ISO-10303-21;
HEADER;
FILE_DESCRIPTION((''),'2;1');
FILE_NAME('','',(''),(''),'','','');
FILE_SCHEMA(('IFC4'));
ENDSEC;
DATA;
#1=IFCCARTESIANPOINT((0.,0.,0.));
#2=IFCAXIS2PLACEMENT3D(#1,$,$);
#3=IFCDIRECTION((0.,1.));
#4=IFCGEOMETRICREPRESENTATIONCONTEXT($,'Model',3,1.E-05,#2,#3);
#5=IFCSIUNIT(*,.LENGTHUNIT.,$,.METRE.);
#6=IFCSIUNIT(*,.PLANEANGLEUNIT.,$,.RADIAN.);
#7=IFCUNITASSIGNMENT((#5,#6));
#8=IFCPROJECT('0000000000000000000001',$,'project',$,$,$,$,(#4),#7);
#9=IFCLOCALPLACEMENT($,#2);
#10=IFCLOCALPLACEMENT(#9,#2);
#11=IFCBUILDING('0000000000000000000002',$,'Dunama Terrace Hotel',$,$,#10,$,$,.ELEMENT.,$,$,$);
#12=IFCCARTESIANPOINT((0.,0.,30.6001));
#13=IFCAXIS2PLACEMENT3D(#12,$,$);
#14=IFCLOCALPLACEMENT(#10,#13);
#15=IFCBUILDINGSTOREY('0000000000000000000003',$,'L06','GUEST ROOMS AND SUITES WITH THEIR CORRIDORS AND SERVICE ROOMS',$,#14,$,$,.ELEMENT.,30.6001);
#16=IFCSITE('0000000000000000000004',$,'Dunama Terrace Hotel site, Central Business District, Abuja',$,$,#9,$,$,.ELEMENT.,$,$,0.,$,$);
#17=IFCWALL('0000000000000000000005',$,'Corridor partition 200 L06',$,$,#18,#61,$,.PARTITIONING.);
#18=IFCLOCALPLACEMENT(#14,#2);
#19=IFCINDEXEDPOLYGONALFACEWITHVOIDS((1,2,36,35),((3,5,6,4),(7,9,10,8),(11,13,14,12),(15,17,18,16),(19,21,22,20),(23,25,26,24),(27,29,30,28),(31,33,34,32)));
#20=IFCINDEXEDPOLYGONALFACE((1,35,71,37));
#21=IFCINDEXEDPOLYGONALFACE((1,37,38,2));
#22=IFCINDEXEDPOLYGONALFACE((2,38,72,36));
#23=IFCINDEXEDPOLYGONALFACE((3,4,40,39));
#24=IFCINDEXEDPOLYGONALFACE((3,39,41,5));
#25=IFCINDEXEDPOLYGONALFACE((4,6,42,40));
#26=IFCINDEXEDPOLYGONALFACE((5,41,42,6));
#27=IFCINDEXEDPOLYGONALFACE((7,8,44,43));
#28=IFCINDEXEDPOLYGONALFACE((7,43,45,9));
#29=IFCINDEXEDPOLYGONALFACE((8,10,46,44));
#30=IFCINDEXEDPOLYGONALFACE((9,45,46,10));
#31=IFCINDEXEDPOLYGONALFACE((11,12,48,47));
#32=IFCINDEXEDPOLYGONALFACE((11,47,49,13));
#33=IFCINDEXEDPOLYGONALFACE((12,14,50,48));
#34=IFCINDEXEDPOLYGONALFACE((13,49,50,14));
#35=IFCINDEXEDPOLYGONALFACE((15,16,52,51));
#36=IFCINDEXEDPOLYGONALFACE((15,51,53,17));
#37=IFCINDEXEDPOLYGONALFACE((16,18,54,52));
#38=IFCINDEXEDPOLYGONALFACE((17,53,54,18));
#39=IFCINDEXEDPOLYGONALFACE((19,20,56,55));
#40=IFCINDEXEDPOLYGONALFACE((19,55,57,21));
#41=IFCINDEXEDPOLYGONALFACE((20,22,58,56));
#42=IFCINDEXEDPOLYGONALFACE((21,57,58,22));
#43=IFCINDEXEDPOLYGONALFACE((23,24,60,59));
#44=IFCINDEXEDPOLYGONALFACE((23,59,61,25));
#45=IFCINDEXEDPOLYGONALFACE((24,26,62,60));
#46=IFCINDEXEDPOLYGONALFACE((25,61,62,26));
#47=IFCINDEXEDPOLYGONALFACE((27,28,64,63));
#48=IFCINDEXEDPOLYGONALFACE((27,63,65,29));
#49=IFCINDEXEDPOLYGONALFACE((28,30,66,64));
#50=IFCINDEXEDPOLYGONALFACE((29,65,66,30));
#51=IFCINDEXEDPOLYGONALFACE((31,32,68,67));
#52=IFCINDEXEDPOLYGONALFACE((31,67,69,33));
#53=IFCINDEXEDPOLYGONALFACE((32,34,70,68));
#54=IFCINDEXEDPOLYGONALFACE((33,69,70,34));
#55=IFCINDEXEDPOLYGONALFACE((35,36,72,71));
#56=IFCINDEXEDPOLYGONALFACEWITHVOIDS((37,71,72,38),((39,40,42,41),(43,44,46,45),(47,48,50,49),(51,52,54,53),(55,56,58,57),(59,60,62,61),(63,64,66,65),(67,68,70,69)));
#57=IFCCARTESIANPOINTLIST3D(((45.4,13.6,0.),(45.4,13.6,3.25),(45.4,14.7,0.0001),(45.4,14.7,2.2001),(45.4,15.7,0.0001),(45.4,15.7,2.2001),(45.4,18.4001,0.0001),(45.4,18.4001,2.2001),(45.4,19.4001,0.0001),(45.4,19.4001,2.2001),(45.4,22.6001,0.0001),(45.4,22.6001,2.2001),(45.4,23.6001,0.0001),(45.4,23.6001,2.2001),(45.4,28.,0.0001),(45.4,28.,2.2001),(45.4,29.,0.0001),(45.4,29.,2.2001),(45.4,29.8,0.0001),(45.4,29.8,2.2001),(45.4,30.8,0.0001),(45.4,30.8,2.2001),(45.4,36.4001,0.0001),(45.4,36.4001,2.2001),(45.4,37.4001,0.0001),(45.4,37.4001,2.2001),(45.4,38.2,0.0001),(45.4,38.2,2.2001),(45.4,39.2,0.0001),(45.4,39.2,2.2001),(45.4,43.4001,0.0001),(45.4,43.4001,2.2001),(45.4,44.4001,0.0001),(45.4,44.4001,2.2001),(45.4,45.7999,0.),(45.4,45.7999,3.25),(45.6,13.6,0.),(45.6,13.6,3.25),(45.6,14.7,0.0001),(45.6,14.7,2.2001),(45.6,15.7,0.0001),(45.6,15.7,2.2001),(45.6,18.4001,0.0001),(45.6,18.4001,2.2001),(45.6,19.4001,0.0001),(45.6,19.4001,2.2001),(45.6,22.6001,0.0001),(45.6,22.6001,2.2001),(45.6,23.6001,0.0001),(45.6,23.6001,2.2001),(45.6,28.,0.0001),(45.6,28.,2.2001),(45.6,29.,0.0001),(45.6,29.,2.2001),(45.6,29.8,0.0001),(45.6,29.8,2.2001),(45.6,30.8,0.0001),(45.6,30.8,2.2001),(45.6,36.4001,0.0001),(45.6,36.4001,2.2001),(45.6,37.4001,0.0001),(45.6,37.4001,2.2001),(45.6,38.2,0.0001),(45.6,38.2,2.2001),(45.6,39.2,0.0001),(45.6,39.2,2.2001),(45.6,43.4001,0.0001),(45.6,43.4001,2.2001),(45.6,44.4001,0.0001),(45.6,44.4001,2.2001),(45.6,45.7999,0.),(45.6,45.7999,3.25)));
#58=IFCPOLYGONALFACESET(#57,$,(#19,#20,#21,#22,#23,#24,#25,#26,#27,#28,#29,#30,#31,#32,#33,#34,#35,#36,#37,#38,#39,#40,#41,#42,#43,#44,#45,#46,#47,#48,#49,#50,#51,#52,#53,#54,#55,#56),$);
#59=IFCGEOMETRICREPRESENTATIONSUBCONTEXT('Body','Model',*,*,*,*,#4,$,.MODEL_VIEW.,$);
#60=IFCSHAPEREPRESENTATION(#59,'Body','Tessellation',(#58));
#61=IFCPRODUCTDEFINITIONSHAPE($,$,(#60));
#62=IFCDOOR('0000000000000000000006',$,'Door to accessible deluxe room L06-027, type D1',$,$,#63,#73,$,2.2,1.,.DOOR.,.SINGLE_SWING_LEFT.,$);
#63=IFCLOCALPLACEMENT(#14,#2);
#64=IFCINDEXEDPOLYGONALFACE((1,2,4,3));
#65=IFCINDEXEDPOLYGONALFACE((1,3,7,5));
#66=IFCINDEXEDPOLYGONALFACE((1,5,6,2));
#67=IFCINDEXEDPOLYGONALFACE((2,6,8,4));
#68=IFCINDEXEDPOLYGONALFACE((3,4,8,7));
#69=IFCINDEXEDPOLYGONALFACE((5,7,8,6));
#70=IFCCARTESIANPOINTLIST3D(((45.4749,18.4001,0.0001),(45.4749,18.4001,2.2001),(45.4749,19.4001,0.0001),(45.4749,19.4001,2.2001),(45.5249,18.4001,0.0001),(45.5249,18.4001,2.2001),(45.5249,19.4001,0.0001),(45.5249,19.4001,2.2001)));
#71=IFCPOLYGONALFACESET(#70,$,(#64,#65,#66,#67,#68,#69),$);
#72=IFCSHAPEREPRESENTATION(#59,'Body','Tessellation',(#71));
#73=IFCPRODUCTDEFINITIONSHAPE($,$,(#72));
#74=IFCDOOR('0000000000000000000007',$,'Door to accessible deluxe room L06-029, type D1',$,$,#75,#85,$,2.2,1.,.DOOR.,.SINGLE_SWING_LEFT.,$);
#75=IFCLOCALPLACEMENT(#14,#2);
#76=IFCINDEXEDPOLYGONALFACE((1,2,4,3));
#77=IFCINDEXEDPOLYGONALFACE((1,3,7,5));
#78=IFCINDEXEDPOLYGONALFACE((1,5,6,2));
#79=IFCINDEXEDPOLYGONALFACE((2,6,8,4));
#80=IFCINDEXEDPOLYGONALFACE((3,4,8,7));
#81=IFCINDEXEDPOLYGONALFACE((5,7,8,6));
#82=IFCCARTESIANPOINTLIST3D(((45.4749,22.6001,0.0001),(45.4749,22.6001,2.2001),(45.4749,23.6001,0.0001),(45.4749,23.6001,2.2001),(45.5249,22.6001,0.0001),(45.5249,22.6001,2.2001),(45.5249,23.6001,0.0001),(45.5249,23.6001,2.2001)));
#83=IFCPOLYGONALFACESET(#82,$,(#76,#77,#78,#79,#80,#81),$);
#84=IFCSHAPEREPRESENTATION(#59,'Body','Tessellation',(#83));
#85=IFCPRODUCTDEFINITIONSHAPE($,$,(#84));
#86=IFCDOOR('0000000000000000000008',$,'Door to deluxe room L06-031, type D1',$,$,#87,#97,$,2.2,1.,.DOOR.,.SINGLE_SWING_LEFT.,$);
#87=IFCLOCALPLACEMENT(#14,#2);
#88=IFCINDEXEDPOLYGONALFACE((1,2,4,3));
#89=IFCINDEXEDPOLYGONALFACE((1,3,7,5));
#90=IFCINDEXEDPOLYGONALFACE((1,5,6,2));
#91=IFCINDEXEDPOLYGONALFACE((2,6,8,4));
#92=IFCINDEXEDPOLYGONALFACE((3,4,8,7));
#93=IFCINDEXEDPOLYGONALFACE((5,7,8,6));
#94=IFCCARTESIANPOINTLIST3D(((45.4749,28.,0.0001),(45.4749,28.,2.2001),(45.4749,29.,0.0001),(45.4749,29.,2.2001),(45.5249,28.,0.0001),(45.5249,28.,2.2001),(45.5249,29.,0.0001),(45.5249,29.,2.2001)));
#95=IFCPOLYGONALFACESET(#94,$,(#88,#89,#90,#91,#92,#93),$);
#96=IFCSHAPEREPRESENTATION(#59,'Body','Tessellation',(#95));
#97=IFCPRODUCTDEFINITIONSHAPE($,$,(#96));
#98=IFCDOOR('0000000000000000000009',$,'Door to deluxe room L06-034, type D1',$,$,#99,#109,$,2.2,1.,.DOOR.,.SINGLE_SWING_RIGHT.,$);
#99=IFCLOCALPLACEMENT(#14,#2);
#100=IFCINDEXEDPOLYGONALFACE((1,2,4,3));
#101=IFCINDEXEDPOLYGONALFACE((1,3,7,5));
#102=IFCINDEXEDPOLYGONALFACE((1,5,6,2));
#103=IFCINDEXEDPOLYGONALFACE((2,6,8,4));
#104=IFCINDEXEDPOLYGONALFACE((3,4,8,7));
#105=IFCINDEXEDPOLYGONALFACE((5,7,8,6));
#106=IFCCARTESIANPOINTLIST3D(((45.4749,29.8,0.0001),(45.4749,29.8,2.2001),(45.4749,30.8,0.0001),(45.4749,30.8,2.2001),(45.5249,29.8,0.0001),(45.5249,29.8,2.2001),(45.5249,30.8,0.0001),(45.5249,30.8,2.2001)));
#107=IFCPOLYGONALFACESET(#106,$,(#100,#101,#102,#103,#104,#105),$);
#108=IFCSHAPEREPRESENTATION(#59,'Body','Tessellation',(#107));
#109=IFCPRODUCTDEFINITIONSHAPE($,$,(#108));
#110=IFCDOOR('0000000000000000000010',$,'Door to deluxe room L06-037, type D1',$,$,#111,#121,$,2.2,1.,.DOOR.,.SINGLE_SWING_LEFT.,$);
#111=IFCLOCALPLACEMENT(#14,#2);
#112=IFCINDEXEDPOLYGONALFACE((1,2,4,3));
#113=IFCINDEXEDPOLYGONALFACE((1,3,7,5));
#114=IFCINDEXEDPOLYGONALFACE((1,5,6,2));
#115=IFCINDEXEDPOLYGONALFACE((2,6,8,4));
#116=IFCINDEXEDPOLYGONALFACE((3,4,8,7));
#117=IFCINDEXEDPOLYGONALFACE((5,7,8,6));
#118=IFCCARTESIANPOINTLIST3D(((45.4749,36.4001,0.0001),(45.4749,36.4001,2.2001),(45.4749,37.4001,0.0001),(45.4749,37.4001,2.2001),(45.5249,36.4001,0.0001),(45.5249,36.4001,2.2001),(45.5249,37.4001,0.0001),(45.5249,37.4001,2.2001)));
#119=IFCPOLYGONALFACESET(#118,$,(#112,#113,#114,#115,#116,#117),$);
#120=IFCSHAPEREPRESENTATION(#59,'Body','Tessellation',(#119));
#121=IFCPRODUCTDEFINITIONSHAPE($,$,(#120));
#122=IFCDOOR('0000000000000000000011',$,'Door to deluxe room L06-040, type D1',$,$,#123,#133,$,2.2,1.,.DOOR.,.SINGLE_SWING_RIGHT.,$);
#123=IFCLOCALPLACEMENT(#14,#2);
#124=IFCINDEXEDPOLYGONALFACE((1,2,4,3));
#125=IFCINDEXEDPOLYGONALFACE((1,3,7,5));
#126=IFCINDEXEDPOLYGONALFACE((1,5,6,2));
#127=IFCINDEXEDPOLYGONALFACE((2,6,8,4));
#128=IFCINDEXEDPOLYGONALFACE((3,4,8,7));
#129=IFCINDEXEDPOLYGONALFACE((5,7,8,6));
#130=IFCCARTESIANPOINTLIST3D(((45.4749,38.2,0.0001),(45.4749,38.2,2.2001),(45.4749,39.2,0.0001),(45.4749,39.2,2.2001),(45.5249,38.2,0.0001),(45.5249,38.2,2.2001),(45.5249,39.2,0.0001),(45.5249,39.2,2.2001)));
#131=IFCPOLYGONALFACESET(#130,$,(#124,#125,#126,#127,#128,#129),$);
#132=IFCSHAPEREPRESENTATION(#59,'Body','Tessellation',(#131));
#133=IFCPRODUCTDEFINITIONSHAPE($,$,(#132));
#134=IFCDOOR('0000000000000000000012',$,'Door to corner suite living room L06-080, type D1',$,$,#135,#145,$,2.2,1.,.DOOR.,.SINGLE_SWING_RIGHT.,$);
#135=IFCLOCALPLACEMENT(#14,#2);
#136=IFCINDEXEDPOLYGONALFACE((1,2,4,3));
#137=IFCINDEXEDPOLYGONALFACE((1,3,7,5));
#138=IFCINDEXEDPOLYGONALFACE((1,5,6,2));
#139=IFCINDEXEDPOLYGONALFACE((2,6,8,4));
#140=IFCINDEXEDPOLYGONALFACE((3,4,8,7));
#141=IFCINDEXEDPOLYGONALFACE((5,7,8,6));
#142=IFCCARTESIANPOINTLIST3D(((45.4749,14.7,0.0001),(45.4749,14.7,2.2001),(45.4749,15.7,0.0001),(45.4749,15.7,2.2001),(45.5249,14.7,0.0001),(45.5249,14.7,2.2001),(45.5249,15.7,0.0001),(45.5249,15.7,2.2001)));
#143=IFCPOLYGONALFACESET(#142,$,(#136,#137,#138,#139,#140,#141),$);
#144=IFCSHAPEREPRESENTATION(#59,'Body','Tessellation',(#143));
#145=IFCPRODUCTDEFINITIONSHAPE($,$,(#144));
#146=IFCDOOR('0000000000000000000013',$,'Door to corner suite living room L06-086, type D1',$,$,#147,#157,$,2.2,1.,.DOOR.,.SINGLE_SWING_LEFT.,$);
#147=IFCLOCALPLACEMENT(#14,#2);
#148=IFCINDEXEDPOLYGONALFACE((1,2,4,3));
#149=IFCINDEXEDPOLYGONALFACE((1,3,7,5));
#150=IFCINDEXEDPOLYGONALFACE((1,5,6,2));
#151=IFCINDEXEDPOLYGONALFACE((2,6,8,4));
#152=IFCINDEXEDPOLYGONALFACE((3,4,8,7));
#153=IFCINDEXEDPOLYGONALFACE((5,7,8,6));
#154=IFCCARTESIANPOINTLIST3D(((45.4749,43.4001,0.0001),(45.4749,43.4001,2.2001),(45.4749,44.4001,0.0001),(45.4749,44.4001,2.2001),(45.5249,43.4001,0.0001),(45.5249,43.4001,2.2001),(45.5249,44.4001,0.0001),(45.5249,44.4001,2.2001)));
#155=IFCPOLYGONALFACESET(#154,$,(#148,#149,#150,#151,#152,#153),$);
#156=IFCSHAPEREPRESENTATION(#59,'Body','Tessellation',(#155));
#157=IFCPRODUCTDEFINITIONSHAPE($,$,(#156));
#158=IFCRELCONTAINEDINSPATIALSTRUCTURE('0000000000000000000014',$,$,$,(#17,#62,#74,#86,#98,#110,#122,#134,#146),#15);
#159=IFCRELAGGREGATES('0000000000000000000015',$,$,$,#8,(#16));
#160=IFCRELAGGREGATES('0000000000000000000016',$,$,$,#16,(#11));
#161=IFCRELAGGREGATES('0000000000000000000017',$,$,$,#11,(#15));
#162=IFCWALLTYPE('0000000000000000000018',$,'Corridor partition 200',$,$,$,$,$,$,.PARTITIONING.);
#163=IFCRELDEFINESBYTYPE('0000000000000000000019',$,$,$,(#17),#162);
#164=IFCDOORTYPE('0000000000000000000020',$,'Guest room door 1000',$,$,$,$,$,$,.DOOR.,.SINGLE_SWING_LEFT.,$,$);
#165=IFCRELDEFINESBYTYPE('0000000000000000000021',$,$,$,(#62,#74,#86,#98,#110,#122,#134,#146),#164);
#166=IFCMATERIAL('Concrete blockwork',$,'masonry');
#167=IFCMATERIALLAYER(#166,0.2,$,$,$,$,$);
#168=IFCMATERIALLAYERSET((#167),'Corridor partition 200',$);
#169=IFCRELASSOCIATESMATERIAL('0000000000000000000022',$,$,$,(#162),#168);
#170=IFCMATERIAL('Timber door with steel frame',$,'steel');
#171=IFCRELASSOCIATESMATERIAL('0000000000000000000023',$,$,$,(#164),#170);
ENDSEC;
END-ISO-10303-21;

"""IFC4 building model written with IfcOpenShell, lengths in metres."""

from ifc_helpers import new_model, si_unit, direction, frame, frame_2d, origin, place, context, subcontext, project, spatial, rectangle, extrude, material, layer, layer_set, type_object, element, fill, save


model = new_model("IFC4")

# Units and contexts
model_context = context("Model", 3, precision=1e-05, world=origin(), true_north=direction((0.0, 1.0)))
body_context = subcontext(model_context, "Body", "Model", "MODEL_VIEW")
ifc_project = project(units=[si_unit("LENGTHUNIT", "METRE"), si_unit("PLANEANGLEUNIT", "RADIAN")], contexts=[model_context])

# Site, building, storey
site_placement = place(None, origin())
site = spatial("IfcSite", under=ifc_project, at=site_placement, Name="Dunama Terrace Hotel site, Central Business District, Abuja", CompositionType="ELEMENT", RefElevation=0.0)
building_placement = place(site_placement, origin())
building = spatial("IfcBuilding", under=site, at=building_placement, Name="Dunama Terrace Hotel", CompositionType="ELEMENT")
storey_placement = place(building_placement, frame((0.0, 0.0, 30.6001)))
storey = spatial("IfcBuildingStorey", under=building, at=storey_placement, Name="L06", Description="GUEST ROOMS AND SUITES WITH THEIR CORRIDORS AND SERVICE ROOMS", CompositionType="ELEMENT", Elevation=30.6001)

# Wall, openings, doors
ifc_material_1 = material(Name="Concrete blockwork", Category="masonry")
ifc_layer_1 = layer(ifc_material_1, 0.2)
ifc_layer_set_1 = layer_set([ifc_layer_1], Name="Corridor partition 200")
wall_type_1 = type_object("IfcWallType", Name="Corridor partition 200", PredefinedType="PARTITIONING", material=ifc_layer_set_1)
wall_1_placement = place(storey_placement, frame((45.5, 45.8, 0.0), z_axis=(0.0, 0.0, 1.0), x_axis=(0.0, -1.0, 0.0)))
wall_1 = element("IfcWall", 1, at=wall_1_placement, inside=storey, type_object=wall_type_1, Name="Corridor partition 200 L06", PredefinedType="PARTITIONING", context=body_context, shape_type="SweptSolid", body=[
    extrude(rectangle(XDim=32.2, YDim=0.2, at=frame_2d((16.1001, 0.0))), origin(), (0.0, 0.0, 1.0), 3.25),
])
opening_1_placement = place(wall_1_placement, frame((26.3999, 0.0, 0.0)))
opening_1 = element("IfcOpeningElement", 2, at=opening_1_placement, cuts=wall_1, PredefinedType="OPENING", context=body_context, shape_type="SweptSolid", body=[
    extrude(rectangle(XDim=1.0, YDim=2.2, at=frame_2d((0.5, 1.1001))), frame((0.0, 0.1099, 0.0), z_axis=(0.0, -1.0, 0.0), x_axis=(1.0, 0.0, 0.0)), (0.0, 0.0, 1.0), 0.22),
])
opening_2_placement = place(wall_1_placement, frame((22.2, 0.0, 0.0)))
opening_2 = element("IfcOpeningElement", 3, at=opening_2_placement, cuts=wall_1, PredefinedType="OPENING", context=body_context, shape_type="SweptSolid", body=[
    extrude(rectangle(XDim=1.0, YDim=2.2, at=frame_2d((0.5, 1.1001))), frame((0.0, 0.1099, 0.0), z_axis=(0.0, -1.0, 0.0), x_axis=(1.0, 0.0, 0.0)), (0.0, 0.0, 1.0), 0.22),
])
opening_3_placement = place(wall_1_placement, frame((16.8, 0.0, 0.0)))
opening_3 = element("IfcOpeningElement", 4, at=opening_3_placement, cuts=wall_1, PredefinedType="OPENING", context=body_context, shape_type="SweptSolid", body=[
    extrude(rectangle(XDim=1.0, YDim=2.2, at=frame_2d((0.5, 1.1001))), frame((0.0, 0.1099, 0.0), z_axis=(0.0, -1.0, 0.0), x_axis=(1.0, 0.0, 0.0)), (0.0, 0.0, 1.0), 0.22),
])
opening_4_placement = place(wall_1_placement, frame((15.0, 0.0, 0.0)))
opening_4 = element("IfcOpeningElement", 5, at=opening_4_placement, cuts=wall_1, PredefinedType="OPENING", context=body_context, shape_type="SweptSolid", body=[
    extrude(rectangle(XDim=1.0, YDim=2.2, at=frame_2d((0.5, 1.1001))), frame((0.0, 0.1099, 0.0), z_axis=(0.0, -1.0, 0.0), x_axis=(1.0, 0.0, 0.0)), (0.0, 0.0, 1.0), 0.22),
])
opening_5_placement = place(wall_1_placement, frame((8.3999, 0.0, 0.0)))
opening_5 = element("IfcOpeningElement", 6, at=opening_5_placement, cuts=wall_1, PredefinedType="OPENING", context=body_context, shape_type="SweptSolid", body=[
    extrude(rectangle(XDim=1.0, YDim=2.2, at=frame_2d((0.5, 1.1001))), frame((0.0, 0.1099, 0.0), z_axis=(0.0, -1.0, 0.0), x_axis=(1.0, 0.0, 0.0)), (0.0, 0.0, 1.0), 0.22),
])
opening_6_placement = place(wall_1_placement, frame((6.6001, 0.0, 0.0)))
opening_6 = element("IfcOpeningElement", 7, at=opening_6_placement, cuts=wall_1, PredefinedType="OPENING", context=body_context, shape_type="SweptSolid", body=[
    extrude(rectangle(XDim=1.0, YDim=2.2, at=frame_2d((0.5, 1.1001))), frame((0.0, 0.1099, 0.0), z_axis=(0.0, -1.0, 0.0), x_axis=(1.0, 0.0, 0.0)), (0.0, 0.0, 1.0), 0.22),
])
opening_7_placement = place(wall_1_placement, frame((30.1001, 0.0, 0.0)))
opening_7 = element("IfcOpeningElement", 8, at=opening_7_placement, cuts=wall_1, PredefinedType="OPENING", context=body_context, shape_type="SweptSolid", body=[
    extrude(rectangle(XDim=1.0, YDim=2.2, at=frame_2d((0.5, 1.1001))), frame((0.0, 0.1099, 0.0), z_axis=(0.0, -1.0, 0.0), x_axis=(1.0, 0.0, 0.0)), (0.0, 0.0, 1.0), 0.22),
])
opening_8_placement = place(wall_1_placement, frame((1.3999, 0.0, 0.0)))
opening_8 = element("IfcOpeningElement", 9, at=opening_8_placement, cuts=wall_1, PredefinedType="OPENING", context=body_context, shape_type="SweptSolid", body=[
    extrude(rectangle(XDim=1.0, YDim=2.2, at=frame_2d((0.5, 1.1001))), frame((0.0, 0.1099, 0.0), z_axis=(0.0, -1.0, 0.0), x_axis=(1.0, 0.0, 0.0)), (0.0, 0.0, 1.0), 0.22),
])
ifc_material_2 = material(Name="Timber door with steel frame", Category="steel")
door_type_1 = type_object("IfcDoorType", Name="Guest room door 1000", OperationType="SINGLE_SWING_LEFT", PredefinedType="DOOR", material=ifc_material_2)
door_1_placement = place(opening_1_placement, origin())
door_1 = element("IfcDoor", 10, at=door_1_placement, inside=storey, type_object=door_type_1, Name="Door to accessible deluxe room L06-027, type D1", OperationType="SINGLE_SWING_LEFT", OverallHeight=2.2, OverallWidth=1.0, PredefinedType="DOOR", context=body_context, shape_type="SweptSolid", body=[
    extrude(rectangle(XDim=1.0, YDim=2.2, at=frame_2d((0.5, 1.1001))), frame((0.0, 0.0249, 0.0), z_axis=(0.0, -1.0, 0.0), x_axis=(1.0, 0.0, 0.0)), (0.0, 0.0, 1.0), 0.05),
])
fill(opening_1, door_1)
door_2_placement = place(opening_2_placement, origin())
door_2 = element("IfcDoor", 11, at=door_2_placement, inside=storey, type_object=door_type_1, Name="Door to accessible deluxe room L06-029, type D1", OperationType="SINGLE_SWING_LEFT", OverallHeight=2.2, OverallWidth=1.0, PredefinedType="DOOR", context=body_context, shape_type="SweptSolid", body=[
    extrude(rectangle(XDim=1.0, YDim=2.2, at=frame_2d((0.5, 1.1001))), frame((0.0, 0.0249, 0.0), z_axis=(0.0, -1.0, 0.0), x_axis=(1.0, 0.0, 0.0)), (0.0, 0.0, 1.0), 0.05),
])
fill(opening_2, door_2)
door_3_placement = place(opening_3_placement, origin())
door_3 = element("IfcDoor", 12, at=door_3_placement, inside=storey, type_object=door_type_1, Name="Door to deluxe room L06-031, type D1", OperationType="SINGLE_SWING_LEFT", OverallHeight=2.2, OverallWidth=1.0, PredefinedType="DOOR", context=body_context, shape_type="SweptSolid", body=[
    extrude(rectangle(XDim=1.0, YDim=2.2, at=frame_2d((0.5, 1.1001))), frame((0.0, 0.0249, 0.0), z_axis=(0.0, -1.0, 0.0), x_axis=(1.0, 0.0, 0.0)), (0.0, 0.0, 1.0), 0.05),
])
fill(opening_3, door_3)
door_4_placement = place(opening_4_placement, origin())
door_4 = element("IfcDoor", 13, at=door_4_placement, inside=storey, type_object=door_type_1, Name="Door to deluxe room L06-034, type D1", OperationType="SINGLE_SWING_RIGHT", OverallHeight=2.2, OverallWidth=1.0, PredefinedType="DOOR", context=body_context, shape_type="SweptSolid", body=[
    extrude(rectangle(XDim=1.0, YDim=2.2, at=frame_2d((0.5, 1.1001))), frame((0.0, 0.0249, 0.0), z_axis=(0.0, -1.0, 0.0), x_axis=(1.0, 0.0, 0.0)), (0.0, 0.0, 1.0), 0.05),
])
fill(opening_4, door_4)
door_5_placement = place(opening_5_placement, origin())
door_5 = element("IfcDoor", 14, at=door_5_placement, inside=storey, type_object=door_type_1, Name="Door to deluxe room L06-037, type D1", OperationType="SINGLE_SWING_LEFT", OverallHeight=2.2, OverallWidth=1.0, PredefinedType="DOOR", context=body_context, shape_type="SweptSolid", body=[
    extrude(rectangle(XDim=1.0, YDim=2.2, at=frame_2d((0.5, 1.1001))), frame((0.0, 0.0249, 0.0), z_axis=(0.0, -1.0, 0.0), x_axis=(1.0, 0.0, 0.0)), (0.0, 0.0, 1.0), 0.05),
])
fill(opening_5, door_5)
door_6_placement = place(opening_6_placement, origin())
door_6 = element("IfcDoor", 15, at=door_6_placement, inside=storey, type_object=door_type_1, Name="Door to deluxe room L06-040, type D1", OperationType="SINGLE_SWING_RIGHT", OverallHeight=2.2, OverallWidth=1.0, PredefinedType="DOOR", context=body_context, shape_type="SweptSolid", body=[
    extrude(rectangle(XDim=1.0, YDim=2.2, at=frame_2d((0.5, 1.1001))), frame((0.0, 0.0249, 0.0), z_axis=(0.0, -1.0, 0.0), x_axis=(1.0, 0.0, 0.0)), (0.0, 0.0, 1.0), 0.05),
])
fill(opening_6, door_6)
door_7_placement = place(opening_7_placement, origin())
door_7 = element("IfcDoor", 16, at=door_7_placement, inside=storey, type_object=door_type_1, Name="Door to corner suite living room L06-080, type D1", OperationType="SINGLE_SWING_RIGHT", OverallHeight=2.2, OverallWidth=1.0, PredefinedType="DOOR", context=body_context, shape_type="SweptSolid", body=[
    extrude(rectangle(XDim=1.0, YDim=2.2, at=frame_2d((0.5, 1.1001))), frame((0.0, 0.0249, 0.0), z_axis=(0.0, -1.0, 0.0), x_axis=(1.0, 0.0, 0.0)), (0.0, 0.0, 1.0), 0.05),
])
fill(opening_7, door_7)
door_8_placement = place(opening_8_placement, origin())
door_8 = element("IfcDoor", 17, at=door_8_placement, inside=storey, type_object=door_type_1, Name="Door to corner suite living room L06-086, type D1", OperationType="SINGLE_SWING_LEFT", OverallHeight=2.2, OverallWidth=1.0, PredefinedType="DOOR", context=body_context, shape_type="SweptSolid", body=[
    extrude(rectangle(XDim=1.0, YDim=2.2, at=frame_2d((0.5, 1.1001))), frame((0.0, 0.0249, 0.0), z_axis=(0.0, -1.0, 0.0), x_axis=(1.0, 0.0, 0.0)), (0.0, 0.0, 1.0), 0.05),
])
fill(opening_8, door_8)

save(model, "model.ifc")
